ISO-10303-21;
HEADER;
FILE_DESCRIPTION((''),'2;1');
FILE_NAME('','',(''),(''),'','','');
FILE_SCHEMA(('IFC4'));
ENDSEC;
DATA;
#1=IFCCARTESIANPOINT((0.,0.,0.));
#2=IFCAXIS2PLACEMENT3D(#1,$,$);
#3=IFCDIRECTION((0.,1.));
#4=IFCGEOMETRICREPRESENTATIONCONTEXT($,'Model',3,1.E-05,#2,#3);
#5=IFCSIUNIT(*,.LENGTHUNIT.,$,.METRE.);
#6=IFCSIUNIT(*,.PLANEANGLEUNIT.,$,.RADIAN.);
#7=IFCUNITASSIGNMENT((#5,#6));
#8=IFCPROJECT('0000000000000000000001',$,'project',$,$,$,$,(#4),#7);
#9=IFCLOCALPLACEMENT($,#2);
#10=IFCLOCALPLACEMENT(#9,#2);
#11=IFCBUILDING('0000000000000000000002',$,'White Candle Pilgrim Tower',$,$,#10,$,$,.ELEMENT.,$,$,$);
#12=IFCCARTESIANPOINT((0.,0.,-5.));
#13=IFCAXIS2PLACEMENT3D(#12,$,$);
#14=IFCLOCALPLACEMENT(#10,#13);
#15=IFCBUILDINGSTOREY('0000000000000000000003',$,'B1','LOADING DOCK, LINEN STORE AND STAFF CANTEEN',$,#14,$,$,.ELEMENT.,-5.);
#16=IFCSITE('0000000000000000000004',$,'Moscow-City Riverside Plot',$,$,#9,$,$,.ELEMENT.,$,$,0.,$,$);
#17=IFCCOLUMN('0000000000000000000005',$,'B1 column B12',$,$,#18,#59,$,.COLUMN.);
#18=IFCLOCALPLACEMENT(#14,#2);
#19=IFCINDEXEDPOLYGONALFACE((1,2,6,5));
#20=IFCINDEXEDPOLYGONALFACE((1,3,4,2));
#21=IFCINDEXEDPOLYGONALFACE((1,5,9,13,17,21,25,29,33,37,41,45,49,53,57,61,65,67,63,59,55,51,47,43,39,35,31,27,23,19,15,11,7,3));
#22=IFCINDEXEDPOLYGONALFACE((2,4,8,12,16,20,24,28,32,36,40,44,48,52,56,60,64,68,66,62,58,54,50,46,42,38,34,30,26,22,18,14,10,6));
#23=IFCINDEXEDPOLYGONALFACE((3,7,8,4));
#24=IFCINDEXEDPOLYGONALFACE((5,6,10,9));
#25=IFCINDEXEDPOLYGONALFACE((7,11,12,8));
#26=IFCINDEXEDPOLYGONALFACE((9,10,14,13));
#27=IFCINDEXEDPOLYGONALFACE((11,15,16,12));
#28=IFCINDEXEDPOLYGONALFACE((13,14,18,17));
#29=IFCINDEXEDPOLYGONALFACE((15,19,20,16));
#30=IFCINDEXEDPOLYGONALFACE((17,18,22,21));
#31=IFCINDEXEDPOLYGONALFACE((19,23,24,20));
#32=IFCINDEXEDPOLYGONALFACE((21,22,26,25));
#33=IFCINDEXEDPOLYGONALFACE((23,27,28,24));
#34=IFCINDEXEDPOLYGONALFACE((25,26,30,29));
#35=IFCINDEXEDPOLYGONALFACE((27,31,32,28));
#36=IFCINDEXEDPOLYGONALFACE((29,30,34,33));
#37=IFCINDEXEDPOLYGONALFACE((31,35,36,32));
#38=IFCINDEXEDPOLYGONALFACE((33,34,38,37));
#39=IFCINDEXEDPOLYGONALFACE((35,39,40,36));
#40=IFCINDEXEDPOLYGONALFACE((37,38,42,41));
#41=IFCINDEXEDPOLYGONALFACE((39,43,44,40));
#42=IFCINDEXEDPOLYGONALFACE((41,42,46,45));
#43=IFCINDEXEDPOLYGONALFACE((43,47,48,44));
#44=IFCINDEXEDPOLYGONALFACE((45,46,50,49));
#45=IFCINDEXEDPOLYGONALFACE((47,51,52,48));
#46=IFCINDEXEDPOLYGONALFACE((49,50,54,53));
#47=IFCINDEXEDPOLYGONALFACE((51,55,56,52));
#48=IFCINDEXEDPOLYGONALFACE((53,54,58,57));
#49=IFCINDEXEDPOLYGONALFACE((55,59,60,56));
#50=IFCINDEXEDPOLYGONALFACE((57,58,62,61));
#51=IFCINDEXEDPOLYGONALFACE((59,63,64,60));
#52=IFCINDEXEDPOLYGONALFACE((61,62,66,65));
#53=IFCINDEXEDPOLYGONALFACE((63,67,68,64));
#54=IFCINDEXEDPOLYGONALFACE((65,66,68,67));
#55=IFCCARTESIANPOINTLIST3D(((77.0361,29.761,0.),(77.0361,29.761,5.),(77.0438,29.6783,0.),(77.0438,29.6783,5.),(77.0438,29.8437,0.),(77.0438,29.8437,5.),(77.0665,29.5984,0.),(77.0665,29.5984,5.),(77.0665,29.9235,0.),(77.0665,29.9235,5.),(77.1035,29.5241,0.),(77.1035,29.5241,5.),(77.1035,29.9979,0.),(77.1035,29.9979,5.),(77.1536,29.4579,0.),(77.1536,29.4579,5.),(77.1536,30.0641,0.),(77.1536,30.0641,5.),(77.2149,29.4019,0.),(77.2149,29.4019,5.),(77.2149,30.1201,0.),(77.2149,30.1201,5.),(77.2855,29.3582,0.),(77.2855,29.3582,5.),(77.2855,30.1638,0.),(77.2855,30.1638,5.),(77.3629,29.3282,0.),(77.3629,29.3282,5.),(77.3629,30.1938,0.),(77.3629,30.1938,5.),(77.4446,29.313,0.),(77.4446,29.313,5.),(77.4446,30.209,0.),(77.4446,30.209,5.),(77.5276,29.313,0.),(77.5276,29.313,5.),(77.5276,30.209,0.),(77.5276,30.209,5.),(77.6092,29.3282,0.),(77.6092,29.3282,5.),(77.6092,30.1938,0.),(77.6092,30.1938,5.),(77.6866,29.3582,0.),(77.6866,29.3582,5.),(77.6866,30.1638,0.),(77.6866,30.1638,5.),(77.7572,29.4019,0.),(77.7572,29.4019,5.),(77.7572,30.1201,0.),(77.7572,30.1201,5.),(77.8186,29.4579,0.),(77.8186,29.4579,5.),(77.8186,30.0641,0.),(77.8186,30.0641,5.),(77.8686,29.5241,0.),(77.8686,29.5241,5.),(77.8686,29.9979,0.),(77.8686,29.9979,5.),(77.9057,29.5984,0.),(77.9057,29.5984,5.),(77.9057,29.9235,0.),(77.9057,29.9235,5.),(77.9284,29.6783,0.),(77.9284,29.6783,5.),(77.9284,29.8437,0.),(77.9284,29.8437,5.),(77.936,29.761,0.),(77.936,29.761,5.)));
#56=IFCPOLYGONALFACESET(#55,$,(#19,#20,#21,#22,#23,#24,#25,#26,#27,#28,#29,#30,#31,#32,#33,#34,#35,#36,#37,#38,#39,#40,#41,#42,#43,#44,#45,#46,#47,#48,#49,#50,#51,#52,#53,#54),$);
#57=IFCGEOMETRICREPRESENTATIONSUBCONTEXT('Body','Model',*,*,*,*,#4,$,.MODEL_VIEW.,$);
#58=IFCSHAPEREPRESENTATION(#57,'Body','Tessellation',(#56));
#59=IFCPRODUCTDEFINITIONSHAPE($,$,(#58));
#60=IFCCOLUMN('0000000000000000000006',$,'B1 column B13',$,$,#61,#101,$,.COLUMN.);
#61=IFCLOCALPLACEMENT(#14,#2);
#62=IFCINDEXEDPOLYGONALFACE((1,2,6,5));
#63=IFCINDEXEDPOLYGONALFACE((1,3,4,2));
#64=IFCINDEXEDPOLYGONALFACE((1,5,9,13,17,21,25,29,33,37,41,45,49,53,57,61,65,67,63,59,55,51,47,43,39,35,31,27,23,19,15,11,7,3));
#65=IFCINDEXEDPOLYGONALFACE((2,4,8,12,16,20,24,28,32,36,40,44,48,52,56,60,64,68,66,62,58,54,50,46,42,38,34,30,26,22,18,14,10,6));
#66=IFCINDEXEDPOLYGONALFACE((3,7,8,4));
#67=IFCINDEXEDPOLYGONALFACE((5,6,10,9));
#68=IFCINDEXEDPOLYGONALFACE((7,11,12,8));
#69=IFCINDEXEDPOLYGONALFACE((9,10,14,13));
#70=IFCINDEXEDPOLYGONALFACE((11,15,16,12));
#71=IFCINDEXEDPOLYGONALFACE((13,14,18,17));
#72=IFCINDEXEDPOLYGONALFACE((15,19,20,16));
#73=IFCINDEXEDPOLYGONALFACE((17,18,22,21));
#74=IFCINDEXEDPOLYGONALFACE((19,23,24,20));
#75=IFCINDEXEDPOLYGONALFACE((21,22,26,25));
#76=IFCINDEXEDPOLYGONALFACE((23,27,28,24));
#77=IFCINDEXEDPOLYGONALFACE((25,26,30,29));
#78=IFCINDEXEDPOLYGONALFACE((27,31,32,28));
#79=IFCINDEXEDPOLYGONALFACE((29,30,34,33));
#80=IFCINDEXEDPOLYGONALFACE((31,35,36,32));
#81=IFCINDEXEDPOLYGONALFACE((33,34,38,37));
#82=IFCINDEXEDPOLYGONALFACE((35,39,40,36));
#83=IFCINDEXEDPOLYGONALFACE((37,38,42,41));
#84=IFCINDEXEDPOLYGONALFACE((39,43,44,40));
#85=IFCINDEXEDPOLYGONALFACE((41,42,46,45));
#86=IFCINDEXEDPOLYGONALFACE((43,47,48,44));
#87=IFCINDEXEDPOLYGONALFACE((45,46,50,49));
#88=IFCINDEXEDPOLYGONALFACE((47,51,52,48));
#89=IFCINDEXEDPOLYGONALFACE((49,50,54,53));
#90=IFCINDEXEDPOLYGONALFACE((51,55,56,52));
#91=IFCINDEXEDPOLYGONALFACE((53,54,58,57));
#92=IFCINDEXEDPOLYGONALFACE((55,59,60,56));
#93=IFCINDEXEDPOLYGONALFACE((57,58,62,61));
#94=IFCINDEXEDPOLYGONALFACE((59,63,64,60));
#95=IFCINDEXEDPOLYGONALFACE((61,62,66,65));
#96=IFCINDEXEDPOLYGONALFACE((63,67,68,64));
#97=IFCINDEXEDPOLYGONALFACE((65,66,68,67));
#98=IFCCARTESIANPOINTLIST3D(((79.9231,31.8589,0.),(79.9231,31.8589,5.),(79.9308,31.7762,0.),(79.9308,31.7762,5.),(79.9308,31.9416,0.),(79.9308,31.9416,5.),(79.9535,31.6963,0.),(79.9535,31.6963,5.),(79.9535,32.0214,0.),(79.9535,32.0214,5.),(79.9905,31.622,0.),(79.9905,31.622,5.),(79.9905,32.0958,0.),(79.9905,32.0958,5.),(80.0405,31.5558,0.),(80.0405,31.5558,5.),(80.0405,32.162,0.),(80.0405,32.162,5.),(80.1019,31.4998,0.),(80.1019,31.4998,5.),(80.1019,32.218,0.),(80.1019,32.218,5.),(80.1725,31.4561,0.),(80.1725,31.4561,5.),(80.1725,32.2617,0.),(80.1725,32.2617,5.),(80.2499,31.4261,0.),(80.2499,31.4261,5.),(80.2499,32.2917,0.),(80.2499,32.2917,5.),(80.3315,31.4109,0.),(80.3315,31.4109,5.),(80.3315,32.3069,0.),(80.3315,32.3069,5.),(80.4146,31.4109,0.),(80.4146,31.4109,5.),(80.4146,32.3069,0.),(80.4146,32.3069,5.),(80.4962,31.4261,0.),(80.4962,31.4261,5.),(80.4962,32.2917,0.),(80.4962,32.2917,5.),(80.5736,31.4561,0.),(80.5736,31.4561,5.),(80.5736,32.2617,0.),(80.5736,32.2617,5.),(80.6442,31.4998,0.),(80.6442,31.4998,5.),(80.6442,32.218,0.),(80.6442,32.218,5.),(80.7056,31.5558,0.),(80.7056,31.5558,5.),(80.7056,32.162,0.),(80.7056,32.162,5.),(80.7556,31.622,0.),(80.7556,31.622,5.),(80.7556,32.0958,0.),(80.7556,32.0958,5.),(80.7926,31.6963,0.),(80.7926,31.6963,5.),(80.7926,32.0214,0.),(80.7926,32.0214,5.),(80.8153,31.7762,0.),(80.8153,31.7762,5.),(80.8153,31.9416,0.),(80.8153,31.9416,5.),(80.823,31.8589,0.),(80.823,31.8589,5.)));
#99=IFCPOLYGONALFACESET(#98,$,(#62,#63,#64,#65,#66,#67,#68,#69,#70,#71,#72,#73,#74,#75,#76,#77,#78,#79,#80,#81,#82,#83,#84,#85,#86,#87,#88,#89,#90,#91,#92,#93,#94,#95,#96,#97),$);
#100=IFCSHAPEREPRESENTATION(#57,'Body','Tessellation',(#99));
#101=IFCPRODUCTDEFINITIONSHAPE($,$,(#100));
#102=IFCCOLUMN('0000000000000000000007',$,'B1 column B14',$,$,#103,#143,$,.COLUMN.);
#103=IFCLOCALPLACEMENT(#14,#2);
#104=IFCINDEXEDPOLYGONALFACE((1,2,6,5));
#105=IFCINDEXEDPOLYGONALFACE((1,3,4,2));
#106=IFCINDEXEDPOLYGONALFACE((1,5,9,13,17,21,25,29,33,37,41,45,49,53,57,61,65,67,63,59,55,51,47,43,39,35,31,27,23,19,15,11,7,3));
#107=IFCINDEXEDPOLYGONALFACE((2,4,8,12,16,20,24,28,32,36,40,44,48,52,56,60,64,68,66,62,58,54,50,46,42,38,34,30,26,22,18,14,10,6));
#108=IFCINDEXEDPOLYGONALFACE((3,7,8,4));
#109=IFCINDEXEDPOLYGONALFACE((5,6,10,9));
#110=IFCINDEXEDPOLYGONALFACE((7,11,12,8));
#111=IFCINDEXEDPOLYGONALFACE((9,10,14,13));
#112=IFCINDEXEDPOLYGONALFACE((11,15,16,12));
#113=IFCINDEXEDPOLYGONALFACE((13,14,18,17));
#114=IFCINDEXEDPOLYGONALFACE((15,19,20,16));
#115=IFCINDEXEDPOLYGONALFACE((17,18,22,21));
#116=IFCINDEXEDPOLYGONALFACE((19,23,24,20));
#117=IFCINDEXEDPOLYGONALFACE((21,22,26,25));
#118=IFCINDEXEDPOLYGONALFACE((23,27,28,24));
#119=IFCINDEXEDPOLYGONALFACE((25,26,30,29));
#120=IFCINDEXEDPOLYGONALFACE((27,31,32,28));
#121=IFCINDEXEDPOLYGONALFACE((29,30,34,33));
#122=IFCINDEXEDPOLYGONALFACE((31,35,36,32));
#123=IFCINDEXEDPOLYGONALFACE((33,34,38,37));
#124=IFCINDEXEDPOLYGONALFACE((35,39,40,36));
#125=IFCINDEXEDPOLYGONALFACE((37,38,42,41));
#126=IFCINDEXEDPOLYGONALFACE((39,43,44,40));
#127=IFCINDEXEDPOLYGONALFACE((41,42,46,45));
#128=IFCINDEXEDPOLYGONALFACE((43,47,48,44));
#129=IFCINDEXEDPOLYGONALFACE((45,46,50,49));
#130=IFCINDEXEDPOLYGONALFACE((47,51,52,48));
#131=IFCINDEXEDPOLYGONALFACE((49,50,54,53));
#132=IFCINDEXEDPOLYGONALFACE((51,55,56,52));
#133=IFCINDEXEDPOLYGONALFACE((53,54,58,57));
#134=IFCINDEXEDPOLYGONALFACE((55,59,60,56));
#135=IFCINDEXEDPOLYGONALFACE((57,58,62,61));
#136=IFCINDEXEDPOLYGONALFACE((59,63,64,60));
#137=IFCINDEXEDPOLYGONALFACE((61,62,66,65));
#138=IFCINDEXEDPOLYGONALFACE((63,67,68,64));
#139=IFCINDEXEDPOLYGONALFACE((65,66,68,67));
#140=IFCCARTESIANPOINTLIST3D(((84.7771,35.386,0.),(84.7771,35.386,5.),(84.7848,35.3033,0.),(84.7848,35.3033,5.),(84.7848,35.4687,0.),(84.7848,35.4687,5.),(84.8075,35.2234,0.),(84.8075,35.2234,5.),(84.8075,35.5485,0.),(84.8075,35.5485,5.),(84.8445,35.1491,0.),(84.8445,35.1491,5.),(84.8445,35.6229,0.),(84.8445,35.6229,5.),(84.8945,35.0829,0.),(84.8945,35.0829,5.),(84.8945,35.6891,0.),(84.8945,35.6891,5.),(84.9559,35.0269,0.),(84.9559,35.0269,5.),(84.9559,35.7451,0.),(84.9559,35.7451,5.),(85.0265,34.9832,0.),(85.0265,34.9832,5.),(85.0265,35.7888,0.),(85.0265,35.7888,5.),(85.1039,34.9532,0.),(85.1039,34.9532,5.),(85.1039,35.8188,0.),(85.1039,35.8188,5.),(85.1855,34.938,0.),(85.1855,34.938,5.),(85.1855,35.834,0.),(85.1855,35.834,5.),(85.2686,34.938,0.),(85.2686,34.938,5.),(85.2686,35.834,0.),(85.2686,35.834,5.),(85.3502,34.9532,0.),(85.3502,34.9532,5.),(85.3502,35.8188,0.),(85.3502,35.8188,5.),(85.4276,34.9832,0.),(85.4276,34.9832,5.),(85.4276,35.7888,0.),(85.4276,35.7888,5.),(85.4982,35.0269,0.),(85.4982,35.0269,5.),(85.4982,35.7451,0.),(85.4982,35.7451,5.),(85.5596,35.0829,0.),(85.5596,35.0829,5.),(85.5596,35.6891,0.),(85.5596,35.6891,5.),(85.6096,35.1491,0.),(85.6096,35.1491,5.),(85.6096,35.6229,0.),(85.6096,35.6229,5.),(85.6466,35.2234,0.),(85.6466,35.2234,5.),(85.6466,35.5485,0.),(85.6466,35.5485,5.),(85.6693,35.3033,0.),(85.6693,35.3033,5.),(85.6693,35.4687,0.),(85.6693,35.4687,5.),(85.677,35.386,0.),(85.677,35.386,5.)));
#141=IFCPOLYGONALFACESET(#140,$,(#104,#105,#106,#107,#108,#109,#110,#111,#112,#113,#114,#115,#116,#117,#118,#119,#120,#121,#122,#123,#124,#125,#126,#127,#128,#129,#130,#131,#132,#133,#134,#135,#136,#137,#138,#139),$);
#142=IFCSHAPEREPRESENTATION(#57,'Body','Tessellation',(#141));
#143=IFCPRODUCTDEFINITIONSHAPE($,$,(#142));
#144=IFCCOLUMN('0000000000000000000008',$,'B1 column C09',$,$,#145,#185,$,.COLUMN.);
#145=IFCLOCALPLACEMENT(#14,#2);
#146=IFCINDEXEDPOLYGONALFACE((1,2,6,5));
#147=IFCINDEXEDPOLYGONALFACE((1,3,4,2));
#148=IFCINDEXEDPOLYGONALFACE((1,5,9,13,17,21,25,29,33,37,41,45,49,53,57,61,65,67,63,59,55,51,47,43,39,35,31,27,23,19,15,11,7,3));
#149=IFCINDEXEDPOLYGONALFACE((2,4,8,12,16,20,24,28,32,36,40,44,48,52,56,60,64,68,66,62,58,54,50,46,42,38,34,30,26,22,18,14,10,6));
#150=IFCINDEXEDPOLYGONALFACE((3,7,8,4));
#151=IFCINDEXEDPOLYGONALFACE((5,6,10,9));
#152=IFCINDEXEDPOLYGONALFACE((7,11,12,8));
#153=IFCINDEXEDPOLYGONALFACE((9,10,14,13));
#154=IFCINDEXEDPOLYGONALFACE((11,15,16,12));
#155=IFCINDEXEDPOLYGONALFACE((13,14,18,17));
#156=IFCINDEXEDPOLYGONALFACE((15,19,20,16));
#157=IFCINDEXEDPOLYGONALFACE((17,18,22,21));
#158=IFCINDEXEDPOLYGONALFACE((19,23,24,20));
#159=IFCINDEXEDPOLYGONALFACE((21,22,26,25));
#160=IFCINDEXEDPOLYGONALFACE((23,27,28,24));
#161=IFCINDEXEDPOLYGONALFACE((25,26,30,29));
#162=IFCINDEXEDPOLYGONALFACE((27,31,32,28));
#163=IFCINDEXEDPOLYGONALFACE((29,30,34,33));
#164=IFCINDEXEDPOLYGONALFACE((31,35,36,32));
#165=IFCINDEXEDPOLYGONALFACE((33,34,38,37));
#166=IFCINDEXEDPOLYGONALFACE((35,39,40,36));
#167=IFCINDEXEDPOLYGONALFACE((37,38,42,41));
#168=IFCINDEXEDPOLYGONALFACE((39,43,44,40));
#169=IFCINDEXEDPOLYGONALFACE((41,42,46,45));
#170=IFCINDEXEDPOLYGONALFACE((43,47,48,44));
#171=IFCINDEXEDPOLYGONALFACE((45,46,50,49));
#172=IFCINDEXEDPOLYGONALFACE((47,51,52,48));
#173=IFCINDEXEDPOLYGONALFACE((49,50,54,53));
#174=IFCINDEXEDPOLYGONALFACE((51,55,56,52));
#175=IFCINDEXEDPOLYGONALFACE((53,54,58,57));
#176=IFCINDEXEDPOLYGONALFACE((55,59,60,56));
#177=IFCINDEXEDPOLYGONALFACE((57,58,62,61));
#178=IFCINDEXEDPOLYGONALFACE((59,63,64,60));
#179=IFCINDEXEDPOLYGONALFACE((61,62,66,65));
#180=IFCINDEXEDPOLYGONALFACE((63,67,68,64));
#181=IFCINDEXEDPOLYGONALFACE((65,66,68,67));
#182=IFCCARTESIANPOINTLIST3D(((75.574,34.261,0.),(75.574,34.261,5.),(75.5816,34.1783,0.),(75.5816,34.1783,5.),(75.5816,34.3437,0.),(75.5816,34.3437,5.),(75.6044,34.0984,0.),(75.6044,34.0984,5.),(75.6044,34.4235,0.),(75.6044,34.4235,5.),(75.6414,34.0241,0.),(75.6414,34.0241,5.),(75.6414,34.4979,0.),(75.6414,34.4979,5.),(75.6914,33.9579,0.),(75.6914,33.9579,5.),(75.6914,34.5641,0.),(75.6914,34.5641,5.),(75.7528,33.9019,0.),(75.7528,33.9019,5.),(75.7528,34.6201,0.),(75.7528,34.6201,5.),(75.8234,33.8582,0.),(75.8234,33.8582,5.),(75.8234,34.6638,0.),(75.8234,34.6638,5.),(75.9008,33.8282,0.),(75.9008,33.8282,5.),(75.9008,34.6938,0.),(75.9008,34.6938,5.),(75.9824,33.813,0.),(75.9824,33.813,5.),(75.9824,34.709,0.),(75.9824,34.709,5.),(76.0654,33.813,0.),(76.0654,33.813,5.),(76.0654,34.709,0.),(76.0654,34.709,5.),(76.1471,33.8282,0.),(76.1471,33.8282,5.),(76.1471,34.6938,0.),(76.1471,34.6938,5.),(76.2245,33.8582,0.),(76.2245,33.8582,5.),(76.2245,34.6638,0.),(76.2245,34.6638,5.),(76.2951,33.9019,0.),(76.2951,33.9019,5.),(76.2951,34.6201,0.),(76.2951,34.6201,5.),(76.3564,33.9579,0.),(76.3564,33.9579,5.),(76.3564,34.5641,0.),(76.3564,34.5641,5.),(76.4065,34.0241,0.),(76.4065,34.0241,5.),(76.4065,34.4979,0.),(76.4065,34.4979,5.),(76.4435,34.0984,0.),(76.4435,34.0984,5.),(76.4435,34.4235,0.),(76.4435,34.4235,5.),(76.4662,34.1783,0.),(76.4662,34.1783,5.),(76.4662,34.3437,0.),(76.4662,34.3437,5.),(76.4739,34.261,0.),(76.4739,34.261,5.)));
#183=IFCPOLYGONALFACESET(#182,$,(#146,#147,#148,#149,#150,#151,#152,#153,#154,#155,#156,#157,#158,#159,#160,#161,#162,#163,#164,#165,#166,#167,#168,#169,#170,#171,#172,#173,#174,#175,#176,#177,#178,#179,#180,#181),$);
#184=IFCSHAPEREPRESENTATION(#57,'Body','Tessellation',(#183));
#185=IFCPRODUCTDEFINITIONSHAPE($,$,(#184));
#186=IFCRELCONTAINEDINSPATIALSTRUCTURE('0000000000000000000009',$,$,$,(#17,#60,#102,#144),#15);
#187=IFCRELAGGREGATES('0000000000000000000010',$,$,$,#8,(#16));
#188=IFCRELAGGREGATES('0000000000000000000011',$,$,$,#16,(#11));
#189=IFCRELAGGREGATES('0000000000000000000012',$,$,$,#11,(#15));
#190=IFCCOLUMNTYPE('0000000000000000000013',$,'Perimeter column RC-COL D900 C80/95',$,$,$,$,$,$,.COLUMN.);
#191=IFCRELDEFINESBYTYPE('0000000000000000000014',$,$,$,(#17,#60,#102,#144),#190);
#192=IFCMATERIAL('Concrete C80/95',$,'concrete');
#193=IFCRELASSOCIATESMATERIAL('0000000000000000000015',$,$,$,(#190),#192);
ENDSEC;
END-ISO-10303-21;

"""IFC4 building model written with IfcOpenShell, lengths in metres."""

from ifc_helpers import new_model, si_unit, direction, frame, origin, origin_2d, place, context, subcontext, project, spatial, circle, extrude, material, material_profile, profile_set, type_object, element, save


model = new_model("IFC4")

# Units and contexts
model_context = context("Model", 3, precision=1e-05, world=origin(), true_north=direction((0.0, 1.0)))
body_context = subcontext(model_context, "Body", "Model", "MODEL_VIEW")
ifc_project = project(units=[si_unit("LENGTHUNIT", "METRE"), si_unit("PLANEANGLEUNIT", "RADIAN")], contexts=[model_context])

# Site, building, storey
site_placement = place(None, origin())
site = spatial("IfcSite", under=ifc_project, at=site_placement, Name="Moscow-City Riverside Plot", CompositionType="ELEMENT", RefElevation=0.0)
building_placement = place(site_placement, origin())
building = spatial("IfcBuilding", under=site, at=building_placement, Name="White Candle Pilgrim Tower", CompositionType="ELEMENT")
storey_placement = place(building_placement, frame((0.0, 0.0, -5.0)))
storey = spatial("IfcBuildingStorey", under=building, at=storey_placement, Name="B1", Description="LOADING DOCK, LINEN STORE AND STAFF CANTEEN", CompositionType="ELEMENT", Elevation=-5.0)

# Columns
ifc_material_1 = material(Name="Concrete C80/95", Category="concrete")
ifc_material_profile_1 = material_profile(ifc_material_1, circle(Radius=0.45, at=origin_2d()), Name="RC-COL D900")
ifc_profile_set_1 = profile_set([ifc_material_profile_1], Name="Concrete C80/95")
column_type = type_object("IfcColumnType", Name="Perimeter column RC-COL D900 C80/95", PredefinedType="COLUMN", material=ifc_profile_set_1)
for number, where, z_axis, x_axis, name in (
    (1, (77.4861, 29.761, 0.0), (0.0, 0.0, 1.0), (1.0, 0.0, 0.0), "B1 column B12"),
    (2, (80.373, 31.8589, 0.0), (0.0, 0.0, 1.0), (1.0, 0.0, 0.0), "B1 column B13"),
    (3, (85.2271, 35.386, 0.0), (0.0, 0.0, 1.0), (1.0, 0.0, 0.0), "B1 column B14"),
    (4, (76.0239, 34.261, 0.0), (0.0, 0.0, 1.0), (1.0, 0.0, 0.0), "B1 column C09"),
):
    element("IfcColumn", number, at=place(storey_placement, frame(where, z_axis=z_axis, x_axis=x_axis)), inside=storey, type_object=column_type, Name=name, PredefinedType="COLUMN", context=body_context, shape_type="SweptSolid", body=[
        extrude(circle(Radius=0.45, at=origin_2d()), origin(), (0.0, 0.0, 1.0), 5.0),
    ])

save(model, "model.ifc")
